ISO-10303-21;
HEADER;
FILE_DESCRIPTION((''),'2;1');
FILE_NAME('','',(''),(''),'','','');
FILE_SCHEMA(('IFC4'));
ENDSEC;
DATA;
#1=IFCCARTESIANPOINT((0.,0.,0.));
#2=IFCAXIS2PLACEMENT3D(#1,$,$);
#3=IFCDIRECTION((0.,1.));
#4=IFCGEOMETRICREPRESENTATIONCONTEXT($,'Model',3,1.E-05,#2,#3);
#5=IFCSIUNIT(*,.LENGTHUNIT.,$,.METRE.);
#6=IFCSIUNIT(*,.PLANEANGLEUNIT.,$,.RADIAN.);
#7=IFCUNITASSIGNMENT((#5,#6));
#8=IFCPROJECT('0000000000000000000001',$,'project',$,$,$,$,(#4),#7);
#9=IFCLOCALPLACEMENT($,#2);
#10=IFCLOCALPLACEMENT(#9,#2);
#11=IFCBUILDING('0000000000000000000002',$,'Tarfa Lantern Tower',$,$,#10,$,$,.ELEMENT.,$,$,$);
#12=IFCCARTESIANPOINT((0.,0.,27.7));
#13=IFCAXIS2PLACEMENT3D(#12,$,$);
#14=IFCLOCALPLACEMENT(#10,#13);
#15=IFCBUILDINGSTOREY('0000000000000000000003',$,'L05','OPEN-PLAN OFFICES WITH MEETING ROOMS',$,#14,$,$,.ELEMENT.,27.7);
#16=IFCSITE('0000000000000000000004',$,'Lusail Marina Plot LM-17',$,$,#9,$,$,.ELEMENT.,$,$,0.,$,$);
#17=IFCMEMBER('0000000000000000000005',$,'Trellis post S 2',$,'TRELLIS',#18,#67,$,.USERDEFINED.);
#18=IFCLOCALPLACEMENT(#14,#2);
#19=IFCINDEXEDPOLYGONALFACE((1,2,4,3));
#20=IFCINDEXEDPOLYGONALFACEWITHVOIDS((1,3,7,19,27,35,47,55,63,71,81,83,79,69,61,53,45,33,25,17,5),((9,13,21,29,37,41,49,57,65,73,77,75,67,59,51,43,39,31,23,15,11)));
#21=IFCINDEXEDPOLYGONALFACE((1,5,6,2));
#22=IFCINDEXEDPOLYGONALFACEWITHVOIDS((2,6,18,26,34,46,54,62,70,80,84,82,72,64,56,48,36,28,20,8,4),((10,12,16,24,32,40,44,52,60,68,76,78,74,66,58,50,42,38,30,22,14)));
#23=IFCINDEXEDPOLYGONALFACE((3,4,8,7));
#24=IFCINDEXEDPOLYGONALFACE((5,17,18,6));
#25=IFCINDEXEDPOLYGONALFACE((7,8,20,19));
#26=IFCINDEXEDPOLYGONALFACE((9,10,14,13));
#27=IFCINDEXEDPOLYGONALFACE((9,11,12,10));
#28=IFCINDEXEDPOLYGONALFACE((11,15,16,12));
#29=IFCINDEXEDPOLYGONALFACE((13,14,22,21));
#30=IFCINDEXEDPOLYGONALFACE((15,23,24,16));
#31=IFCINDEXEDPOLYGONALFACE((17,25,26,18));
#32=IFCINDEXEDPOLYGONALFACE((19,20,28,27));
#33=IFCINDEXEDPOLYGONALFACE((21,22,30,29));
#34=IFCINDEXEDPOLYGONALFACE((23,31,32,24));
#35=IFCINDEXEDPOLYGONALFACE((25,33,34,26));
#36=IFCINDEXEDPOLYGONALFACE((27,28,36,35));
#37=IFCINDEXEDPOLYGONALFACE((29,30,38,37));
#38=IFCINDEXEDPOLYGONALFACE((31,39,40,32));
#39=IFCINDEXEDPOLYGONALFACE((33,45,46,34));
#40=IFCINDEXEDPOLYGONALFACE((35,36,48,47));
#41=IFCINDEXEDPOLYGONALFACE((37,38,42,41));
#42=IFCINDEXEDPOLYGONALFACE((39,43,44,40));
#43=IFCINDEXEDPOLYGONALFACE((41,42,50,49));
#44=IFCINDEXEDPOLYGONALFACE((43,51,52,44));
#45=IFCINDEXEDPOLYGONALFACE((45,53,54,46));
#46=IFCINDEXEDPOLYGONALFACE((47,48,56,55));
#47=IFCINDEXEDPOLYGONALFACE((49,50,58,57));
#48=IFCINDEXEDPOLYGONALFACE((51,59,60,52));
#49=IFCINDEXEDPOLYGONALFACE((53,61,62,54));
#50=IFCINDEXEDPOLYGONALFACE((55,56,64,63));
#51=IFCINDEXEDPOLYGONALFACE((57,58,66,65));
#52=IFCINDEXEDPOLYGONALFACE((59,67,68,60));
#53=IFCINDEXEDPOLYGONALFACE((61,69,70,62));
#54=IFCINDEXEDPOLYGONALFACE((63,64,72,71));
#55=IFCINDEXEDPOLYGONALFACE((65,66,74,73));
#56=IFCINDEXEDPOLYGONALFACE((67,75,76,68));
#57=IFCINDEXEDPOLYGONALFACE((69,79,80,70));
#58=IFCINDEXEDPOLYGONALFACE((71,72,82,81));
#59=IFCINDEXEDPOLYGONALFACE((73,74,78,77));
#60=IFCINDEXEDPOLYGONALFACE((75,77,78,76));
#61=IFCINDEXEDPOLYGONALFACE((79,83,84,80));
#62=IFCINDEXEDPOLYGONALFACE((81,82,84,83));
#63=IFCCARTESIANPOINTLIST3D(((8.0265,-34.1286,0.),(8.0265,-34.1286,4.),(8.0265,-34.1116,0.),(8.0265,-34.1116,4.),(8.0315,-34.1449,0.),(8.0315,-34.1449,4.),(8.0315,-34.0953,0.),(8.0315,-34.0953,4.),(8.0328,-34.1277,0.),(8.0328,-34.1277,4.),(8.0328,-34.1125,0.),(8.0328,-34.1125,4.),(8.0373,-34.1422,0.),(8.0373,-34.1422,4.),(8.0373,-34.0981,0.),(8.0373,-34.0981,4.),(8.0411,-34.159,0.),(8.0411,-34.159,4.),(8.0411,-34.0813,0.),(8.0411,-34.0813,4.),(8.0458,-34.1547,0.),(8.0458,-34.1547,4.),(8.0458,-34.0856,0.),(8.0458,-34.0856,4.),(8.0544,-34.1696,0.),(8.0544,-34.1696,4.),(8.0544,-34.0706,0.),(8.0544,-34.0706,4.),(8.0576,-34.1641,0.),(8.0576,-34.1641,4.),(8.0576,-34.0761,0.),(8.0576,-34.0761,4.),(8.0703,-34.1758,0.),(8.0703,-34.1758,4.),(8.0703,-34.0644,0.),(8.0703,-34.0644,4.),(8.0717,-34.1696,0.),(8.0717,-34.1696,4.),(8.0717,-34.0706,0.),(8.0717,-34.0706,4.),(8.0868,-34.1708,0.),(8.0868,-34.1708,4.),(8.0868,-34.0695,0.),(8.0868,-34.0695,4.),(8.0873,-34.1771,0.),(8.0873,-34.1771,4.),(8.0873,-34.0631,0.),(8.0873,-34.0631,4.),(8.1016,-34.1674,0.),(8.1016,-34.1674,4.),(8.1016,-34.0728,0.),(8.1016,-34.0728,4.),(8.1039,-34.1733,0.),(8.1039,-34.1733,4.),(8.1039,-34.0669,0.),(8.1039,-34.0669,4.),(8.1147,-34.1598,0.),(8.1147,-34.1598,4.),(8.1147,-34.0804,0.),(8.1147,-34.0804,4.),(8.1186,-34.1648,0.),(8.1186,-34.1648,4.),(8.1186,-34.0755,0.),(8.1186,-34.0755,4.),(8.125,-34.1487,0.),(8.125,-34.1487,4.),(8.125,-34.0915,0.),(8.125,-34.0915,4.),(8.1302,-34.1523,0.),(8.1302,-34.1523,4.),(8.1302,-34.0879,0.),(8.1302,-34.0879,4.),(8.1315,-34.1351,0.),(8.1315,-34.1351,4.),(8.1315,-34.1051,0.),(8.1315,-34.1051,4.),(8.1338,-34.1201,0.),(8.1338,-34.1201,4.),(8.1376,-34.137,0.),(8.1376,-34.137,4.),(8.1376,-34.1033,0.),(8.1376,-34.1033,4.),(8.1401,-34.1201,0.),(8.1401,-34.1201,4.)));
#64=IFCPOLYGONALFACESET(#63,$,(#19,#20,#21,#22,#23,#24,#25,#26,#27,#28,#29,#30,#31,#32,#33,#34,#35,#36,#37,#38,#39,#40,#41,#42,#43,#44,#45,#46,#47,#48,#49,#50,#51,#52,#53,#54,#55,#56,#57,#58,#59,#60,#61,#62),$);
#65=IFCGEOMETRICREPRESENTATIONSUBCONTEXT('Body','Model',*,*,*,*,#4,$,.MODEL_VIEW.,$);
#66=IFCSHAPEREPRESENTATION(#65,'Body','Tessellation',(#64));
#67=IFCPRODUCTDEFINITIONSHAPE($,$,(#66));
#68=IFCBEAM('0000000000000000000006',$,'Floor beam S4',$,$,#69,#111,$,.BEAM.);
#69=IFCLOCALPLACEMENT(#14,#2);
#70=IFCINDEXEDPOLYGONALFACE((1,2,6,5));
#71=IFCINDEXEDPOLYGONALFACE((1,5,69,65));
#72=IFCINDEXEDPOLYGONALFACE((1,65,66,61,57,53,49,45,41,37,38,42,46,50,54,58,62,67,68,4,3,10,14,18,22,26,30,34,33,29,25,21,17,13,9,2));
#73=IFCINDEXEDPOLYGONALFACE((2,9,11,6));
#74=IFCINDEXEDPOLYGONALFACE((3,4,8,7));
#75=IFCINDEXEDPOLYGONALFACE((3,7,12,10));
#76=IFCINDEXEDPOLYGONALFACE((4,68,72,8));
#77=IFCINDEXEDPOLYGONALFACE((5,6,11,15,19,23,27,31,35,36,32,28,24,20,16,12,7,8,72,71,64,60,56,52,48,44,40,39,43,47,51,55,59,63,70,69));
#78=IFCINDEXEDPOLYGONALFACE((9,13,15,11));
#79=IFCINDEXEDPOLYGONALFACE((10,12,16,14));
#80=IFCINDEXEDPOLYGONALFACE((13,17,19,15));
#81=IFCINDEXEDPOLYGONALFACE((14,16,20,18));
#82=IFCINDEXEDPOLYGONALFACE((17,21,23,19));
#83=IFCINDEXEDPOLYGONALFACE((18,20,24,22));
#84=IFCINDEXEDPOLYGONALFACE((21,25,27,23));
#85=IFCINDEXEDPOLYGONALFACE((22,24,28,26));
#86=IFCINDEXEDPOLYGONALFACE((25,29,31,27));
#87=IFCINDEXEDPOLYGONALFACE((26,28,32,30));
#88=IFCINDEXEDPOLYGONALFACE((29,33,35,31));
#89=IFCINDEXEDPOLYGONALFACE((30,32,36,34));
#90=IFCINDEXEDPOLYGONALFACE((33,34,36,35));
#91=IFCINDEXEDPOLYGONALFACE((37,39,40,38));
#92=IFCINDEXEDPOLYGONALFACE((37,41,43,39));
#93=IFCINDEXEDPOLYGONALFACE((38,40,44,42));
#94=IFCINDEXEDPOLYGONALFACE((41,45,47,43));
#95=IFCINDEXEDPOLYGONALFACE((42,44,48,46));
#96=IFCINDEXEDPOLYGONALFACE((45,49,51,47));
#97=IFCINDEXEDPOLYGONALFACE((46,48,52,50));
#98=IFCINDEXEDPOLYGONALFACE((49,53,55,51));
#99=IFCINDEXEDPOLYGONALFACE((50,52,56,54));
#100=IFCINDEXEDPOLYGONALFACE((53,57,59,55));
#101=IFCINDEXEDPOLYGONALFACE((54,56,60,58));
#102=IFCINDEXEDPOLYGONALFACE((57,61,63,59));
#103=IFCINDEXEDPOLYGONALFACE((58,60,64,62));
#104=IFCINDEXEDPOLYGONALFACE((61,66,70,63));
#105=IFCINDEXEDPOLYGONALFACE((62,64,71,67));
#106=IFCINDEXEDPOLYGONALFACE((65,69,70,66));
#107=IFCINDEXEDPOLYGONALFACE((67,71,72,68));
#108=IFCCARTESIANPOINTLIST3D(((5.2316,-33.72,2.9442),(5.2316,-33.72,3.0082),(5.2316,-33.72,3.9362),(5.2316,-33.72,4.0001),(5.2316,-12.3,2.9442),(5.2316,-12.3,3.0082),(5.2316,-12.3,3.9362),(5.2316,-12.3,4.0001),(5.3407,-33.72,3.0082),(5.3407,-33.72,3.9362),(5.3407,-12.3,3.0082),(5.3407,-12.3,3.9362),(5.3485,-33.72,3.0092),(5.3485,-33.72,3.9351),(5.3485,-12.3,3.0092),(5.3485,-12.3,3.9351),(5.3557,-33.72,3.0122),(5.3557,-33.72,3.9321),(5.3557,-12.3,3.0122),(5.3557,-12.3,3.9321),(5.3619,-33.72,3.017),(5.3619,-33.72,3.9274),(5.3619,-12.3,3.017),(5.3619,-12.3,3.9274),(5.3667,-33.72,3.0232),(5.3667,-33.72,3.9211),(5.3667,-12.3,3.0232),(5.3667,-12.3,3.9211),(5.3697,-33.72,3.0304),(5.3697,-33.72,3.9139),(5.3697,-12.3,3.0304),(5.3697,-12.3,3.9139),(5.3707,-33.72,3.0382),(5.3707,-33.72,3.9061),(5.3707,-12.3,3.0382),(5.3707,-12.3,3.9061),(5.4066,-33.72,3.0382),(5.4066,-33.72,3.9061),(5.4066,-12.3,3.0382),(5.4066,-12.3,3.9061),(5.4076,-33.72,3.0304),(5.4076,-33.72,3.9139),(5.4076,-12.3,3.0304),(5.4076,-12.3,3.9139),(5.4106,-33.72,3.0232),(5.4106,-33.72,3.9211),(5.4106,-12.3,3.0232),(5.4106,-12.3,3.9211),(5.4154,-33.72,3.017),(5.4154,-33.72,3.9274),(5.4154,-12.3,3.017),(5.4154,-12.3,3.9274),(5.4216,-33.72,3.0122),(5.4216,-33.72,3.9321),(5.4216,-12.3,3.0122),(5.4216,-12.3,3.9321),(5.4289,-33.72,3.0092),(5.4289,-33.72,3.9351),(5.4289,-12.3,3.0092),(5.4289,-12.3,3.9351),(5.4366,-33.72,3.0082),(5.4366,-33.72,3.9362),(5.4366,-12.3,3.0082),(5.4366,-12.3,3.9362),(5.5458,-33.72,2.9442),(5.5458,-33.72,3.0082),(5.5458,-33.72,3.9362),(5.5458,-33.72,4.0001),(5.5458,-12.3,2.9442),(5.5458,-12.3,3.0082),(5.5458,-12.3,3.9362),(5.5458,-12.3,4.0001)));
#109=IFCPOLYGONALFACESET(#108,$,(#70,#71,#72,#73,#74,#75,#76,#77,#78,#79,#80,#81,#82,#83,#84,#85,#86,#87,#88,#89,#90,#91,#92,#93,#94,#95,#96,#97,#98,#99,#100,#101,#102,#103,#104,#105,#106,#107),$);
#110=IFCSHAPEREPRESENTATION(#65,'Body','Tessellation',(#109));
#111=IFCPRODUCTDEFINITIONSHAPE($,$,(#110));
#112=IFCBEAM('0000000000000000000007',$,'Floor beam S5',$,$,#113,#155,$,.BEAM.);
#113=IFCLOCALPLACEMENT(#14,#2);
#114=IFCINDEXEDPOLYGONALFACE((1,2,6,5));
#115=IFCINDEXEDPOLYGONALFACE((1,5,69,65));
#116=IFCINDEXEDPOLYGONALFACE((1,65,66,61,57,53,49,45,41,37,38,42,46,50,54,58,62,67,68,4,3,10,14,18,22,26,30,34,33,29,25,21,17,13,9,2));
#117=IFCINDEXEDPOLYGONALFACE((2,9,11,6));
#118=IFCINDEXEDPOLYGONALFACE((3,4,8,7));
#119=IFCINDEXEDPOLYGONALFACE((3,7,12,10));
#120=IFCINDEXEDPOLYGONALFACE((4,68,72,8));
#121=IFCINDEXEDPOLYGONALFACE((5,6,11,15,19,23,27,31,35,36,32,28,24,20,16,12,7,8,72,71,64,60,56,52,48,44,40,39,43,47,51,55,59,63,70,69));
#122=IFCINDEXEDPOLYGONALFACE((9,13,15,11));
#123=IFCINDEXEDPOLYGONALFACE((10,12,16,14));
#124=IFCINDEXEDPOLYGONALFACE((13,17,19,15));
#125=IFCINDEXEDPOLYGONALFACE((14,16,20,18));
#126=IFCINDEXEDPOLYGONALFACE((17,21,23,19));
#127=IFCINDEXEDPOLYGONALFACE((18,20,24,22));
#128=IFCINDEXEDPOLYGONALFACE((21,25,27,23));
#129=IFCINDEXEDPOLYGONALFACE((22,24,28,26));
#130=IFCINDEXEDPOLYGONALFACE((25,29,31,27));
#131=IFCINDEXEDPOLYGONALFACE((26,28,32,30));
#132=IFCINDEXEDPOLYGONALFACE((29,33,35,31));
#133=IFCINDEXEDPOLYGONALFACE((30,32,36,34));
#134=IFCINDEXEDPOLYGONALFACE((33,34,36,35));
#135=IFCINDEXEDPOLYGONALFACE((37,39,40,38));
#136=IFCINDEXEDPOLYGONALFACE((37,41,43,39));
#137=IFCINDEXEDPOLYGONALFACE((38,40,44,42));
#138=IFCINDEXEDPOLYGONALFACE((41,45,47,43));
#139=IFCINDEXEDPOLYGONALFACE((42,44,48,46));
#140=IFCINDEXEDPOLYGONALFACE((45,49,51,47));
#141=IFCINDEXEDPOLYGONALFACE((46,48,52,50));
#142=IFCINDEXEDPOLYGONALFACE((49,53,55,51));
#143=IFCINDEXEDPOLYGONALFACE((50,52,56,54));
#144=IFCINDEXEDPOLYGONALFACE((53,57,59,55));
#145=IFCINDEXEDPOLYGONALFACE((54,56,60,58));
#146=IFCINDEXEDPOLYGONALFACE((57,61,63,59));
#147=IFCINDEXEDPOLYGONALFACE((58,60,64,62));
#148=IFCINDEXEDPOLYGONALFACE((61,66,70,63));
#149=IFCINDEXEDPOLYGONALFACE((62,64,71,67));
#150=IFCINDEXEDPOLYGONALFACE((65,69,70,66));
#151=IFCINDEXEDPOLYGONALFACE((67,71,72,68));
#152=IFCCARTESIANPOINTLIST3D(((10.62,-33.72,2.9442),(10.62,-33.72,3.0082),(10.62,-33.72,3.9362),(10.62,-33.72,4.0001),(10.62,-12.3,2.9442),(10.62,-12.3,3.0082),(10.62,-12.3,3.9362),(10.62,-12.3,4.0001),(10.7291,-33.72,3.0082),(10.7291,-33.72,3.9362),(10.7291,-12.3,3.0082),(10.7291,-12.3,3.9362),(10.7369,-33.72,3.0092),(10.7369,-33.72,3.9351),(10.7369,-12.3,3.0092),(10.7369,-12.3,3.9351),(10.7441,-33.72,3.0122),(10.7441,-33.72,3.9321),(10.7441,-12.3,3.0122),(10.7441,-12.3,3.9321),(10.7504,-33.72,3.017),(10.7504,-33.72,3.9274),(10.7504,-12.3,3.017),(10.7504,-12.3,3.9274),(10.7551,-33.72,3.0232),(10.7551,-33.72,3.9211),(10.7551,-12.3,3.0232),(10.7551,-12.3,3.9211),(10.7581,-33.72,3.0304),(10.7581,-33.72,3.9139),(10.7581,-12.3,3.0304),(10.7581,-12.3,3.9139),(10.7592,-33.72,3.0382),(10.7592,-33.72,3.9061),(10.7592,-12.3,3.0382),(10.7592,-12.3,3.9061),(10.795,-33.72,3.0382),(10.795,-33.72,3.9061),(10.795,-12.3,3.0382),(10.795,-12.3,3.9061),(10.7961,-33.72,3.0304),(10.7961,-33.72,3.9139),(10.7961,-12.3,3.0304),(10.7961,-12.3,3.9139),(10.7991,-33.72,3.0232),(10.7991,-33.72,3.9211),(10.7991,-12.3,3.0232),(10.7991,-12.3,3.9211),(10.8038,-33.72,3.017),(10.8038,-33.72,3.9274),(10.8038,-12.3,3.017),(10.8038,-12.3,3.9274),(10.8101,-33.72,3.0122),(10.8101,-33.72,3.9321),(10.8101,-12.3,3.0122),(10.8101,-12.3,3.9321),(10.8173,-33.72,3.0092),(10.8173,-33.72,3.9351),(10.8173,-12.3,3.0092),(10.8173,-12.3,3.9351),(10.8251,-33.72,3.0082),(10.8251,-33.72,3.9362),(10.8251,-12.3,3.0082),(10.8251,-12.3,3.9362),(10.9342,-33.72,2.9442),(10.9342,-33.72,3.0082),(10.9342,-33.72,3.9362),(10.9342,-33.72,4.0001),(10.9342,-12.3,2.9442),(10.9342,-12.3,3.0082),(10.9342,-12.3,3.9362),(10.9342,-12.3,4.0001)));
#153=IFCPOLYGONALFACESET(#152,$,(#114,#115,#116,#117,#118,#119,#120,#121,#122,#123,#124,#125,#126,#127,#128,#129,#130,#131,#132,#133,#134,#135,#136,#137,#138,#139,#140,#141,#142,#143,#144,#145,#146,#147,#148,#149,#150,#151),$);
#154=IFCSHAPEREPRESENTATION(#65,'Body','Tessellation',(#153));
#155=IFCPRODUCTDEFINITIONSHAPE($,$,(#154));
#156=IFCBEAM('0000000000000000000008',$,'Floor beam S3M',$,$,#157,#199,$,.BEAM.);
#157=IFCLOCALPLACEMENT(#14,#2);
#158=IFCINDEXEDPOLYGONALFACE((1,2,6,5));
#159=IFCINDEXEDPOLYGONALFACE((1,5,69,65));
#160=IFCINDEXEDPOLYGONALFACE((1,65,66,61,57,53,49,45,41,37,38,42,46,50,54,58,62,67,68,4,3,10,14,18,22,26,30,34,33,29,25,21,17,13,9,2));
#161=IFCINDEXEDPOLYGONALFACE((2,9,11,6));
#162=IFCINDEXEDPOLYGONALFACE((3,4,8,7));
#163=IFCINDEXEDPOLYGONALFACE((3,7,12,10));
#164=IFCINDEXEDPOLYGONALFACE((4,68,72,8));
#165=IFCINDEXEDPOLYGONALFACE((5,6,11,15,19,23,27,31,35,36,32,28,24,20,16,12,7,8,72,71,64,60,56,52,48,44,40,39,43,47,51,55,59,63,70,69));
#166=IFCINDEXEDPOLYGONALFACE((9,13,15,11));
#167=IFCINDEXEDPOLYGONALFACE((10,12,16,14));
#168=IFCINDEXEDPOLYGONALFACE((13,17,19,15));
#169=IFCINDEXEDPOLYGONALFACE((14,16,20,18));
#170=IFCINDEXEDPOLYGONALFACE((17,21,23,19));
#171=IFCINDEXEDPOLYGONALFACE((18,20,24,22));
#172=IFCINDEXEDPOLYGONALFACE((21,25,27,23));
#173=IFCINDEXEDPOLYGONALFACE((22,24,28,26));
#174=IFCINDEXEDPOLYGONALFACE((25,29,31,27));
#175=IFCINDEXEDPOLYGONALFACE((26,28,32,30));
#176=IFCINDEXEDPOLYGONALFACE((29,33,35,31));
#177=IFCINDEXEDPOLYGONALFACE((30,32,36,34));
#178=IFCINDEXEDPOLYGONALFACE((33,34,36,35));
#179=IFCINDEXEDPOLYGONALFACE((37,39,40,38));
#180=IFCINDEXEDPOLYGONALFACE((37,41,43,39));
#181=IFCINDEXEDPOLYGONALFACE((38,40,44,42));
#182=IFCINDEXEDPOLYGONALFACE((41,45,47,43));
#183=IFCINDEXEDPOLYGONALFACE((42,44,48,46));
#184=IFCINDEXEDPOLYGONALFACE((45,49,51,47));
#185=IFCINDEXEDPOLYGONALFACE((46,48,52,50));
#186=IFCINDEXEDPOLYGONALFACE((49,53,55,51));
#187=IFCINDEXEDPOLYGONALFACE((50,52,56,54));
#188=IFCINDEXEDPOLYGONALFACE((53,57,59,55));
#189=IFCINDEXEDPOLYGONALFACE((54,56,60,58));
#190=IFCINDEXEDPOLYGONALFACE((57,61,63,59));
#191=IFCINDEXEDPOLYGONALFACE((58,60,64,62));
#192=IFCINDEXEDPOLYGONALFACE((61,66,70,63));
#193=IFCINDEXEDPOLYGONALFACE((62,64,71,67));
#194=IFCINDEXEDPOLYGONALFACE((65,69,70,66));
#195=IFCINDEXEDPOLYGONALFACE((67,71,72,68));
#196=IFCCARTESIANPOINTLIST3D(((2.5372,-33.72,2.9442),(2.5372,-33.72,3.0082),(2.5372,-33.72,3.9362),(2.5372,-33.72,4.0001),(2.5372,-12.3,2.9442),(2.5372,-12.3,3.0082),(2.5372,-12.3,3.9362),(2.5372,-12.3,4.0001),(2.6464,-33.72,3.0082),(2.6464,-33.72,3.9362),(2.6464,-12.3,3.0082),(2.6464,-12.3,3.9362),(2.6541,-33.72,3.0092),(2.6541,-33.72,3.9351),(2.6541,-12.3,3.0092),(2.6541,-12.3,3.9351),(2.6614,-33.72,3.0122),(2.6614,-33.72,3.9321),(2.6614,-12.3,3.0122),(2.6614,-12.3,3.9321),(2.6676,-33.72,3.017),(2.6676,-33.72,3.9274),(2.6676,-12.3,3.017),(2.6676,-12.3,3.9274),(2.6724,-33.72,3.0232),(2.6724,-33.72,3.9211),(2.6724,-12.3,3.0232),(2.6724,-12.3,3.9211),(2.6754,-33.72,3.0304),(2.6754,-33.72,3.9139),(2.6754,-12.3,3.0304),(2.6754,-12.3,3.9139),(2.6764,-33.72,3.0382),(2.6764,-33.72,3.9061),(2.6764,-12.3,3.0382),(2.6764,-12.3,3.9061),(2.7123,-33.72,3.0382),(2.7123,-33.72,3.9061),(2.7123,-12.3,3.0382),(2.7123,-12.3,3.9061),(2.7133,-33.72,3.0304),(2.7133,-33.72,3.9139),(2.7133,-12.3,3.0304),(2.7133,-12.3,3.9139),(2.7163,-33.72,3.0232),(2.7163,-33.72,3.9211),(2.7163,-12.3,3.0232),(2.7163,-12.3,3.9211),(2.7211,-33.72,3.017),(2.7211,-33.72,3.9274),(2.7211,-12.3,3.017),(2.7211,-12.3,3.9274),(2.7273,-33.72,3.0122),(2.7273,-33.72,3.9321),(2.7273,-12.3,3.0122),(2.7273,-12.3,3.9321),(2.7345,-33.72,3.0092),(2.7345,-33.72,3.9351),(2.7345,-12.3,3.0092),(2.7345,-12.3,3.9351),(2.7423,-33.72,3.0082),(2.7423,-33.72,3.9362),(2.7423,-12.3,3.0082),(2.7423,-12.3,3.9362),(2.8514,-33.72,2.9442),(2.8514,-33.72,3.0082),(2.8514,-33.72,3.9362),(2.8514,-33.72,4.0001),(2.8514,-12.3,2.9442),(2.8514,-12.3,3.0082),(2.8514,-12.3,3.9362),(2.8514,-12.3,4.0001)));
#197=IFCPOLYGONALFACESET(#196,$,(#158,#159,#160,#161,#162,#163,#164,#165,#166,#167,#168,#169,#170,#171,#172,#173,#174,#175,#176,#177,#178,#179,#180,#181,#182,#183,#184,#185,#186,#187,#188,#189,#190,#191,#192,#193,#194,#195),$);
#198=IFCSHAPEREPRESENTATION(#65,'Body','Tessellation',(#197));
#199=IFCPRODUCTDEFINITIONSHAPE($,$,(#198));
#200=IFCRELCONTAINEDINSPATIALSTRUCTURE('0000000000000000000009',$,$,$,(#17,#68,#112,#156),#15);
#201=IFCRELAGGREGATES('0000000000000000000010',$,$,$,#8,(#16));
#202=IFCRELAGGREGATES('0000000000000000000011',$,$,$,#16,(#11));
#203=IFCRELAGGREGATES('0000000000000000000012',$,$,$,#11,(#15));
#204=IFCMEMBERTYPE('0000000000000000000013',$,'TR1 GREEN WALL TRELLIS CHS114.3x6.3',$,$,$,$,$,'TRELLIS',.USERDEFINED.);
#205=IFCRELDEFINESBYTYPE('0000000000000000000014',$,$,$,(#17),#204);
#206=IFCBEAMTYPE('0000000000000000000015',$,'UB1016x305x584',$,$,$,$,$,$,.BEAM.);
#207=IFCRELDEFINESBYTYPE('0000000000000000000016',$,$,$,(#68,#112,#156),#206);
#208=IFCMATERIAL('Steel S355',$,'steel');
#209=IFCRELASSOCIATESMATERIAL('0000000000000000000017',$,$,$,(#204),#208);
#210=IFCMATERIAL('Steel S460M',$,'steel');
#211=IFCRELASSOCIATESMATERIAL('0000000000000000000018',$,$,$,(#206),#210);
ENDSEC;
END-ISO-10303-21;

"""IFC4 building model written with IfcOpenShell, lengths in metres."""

from ifc_helpers import new_model, si_unit, direction, frame, origin, origin_2d, place, context, subcontext, project, spatial, hollow_circle, i_section, extrude, material, material_profile, profile_set, type_object, element, save


model = new_model("IFC4")

# Units and contexts
model_context = context("Model", 3, precision=1e-05, world=origin(), true_north=direction((0.0, 1.0)))
body_context = subcontext(model_context, "Body", "Model", "MODEL_VIEW")
ifc_project = project(units=[si_unit("LENGTHUNIT", "METRE"), si_unit("PLANEANGLEUNIT", "RADIAN")], contexts=[model_context])

# Site, building, storey
site_placement = place(None, origin())
site = spatial("IfcSite", under=ifc_project, at=site_placement, Name="Lusail Marina Plot LM-17", CompositionType="ELEMENT", RefElevation=0.0)
building_placement = place(site_placement, origin())
building = spatial("IfcBuilding", under=site, at=building_placement, Name="Tarfa Lantern Tower", CompositionType="ELEMENT")
storey_placement = place(building_placement, frame((0.0, 0.0, 27.7)))
storey = spatial("IfcBuildingStorey", under=building, at=storey_placement, Name="L05", Description="OPEN-PLAN OFFICES WITH MEETING ROOMS", CompositionType="ELEMENT", Elevation=27.7)

# Member
ifc_material_1 = material(Name="Steel S355", Category="steel")
ifc_material_profile_1 = material_profile(ifc_material_1, hollow_circle(Radius=0.0571, WallThickness=0.0063, at=origin_2d()), Name="CHS114.3x6.3")
ifc_profile_set_1 = profile_set([ifc_material_profile_1], Name="Steel S355")
member_type_1 = type_object("IfcMemberType", Name="TR1 GREEN WALL TRELLIS CHS114.3x6.3", ElementType="TRELLIS", PredefinedType="USERDEFINED", material=ifc_profile_set_1)
member_1_placement = place(storey_placement, frame((8.083, -34.1201, 0.0), z_axis=(0.0, 0.0, 1.0), x_axis=(1.0, 0.0, 0.0)))
element("IfcMember", 1, at=member_1_placement, inside=storey, type_object=member_type_1, Name="Trellis post S 2", ObjectType="TRELLIS", PredefinedType="USERDEFINED", context=body_context, shape_type="SweptSolid", body=[
    extrude(hollow_circle(Radius=0.0571, WallThickness=0.0063, at=origin_2d()), origin(), (0.0, 0.0, 1.0), 4.0),
])

# Beams
ifc_material_2 = material(Name="Steel S460M", Category="steel")
ifc_material_profile_2 = material_profile(ifc_material_2, i_section(OverallWidth=0.3142, OverallDepth=1.0559, WebThickness=0.0359, FlangeThickness=0.064, FilletRadius=0.03, at=origin_2d()), Name="UB1016x305x584")
ifc_profile_set_2 = profile_set([ifc_material_profile_2], Name="Steel S460M")
beam_type_1 = type_object("IfcBeamType", Name="UB1016x305x584", PredefinedType="BEAM", material=ifc_profile_set_2)
for number, where, z_axis, x_axis, name in (
    (2, (5.3887, -33.72, 3.4722), (0.0, 1.0, 0.0), (-1.0, 0.0, 0.0), "Floor beam S4"),
    (3, (10.7771, -33.72, 3.4722), (0.0, 1.0, 0.0), (-1.0, 0.0, 0.0), "Floor beam S5"),
    (4, (2.6943, -33.72, 3.4722), (0.0, 1.0, 0.0), (-1.0, 0.0, 0.0), "Floor beam S3M"),
):
    element("IfcBeam", number, at=place(storey_placement, frame(where, z_axis=z_axis, x_axis=x_axis)), inside=storey, type_object=beam_type_1, Name=name, PredefinedType="BEAM", context=body_context, shape_type="SweptSolid", body=[
        extrude(i_section(OverallWidth=0.3142, OverallDepth=1.0559, WebThickness=0.0359, FlangeThickness=0.064, FilletRadius=0.03, at=origin_2d()), origin(), (0.0, 0.0, 1.0), 21.4199),
    ])

save(model, "model.ifc")
